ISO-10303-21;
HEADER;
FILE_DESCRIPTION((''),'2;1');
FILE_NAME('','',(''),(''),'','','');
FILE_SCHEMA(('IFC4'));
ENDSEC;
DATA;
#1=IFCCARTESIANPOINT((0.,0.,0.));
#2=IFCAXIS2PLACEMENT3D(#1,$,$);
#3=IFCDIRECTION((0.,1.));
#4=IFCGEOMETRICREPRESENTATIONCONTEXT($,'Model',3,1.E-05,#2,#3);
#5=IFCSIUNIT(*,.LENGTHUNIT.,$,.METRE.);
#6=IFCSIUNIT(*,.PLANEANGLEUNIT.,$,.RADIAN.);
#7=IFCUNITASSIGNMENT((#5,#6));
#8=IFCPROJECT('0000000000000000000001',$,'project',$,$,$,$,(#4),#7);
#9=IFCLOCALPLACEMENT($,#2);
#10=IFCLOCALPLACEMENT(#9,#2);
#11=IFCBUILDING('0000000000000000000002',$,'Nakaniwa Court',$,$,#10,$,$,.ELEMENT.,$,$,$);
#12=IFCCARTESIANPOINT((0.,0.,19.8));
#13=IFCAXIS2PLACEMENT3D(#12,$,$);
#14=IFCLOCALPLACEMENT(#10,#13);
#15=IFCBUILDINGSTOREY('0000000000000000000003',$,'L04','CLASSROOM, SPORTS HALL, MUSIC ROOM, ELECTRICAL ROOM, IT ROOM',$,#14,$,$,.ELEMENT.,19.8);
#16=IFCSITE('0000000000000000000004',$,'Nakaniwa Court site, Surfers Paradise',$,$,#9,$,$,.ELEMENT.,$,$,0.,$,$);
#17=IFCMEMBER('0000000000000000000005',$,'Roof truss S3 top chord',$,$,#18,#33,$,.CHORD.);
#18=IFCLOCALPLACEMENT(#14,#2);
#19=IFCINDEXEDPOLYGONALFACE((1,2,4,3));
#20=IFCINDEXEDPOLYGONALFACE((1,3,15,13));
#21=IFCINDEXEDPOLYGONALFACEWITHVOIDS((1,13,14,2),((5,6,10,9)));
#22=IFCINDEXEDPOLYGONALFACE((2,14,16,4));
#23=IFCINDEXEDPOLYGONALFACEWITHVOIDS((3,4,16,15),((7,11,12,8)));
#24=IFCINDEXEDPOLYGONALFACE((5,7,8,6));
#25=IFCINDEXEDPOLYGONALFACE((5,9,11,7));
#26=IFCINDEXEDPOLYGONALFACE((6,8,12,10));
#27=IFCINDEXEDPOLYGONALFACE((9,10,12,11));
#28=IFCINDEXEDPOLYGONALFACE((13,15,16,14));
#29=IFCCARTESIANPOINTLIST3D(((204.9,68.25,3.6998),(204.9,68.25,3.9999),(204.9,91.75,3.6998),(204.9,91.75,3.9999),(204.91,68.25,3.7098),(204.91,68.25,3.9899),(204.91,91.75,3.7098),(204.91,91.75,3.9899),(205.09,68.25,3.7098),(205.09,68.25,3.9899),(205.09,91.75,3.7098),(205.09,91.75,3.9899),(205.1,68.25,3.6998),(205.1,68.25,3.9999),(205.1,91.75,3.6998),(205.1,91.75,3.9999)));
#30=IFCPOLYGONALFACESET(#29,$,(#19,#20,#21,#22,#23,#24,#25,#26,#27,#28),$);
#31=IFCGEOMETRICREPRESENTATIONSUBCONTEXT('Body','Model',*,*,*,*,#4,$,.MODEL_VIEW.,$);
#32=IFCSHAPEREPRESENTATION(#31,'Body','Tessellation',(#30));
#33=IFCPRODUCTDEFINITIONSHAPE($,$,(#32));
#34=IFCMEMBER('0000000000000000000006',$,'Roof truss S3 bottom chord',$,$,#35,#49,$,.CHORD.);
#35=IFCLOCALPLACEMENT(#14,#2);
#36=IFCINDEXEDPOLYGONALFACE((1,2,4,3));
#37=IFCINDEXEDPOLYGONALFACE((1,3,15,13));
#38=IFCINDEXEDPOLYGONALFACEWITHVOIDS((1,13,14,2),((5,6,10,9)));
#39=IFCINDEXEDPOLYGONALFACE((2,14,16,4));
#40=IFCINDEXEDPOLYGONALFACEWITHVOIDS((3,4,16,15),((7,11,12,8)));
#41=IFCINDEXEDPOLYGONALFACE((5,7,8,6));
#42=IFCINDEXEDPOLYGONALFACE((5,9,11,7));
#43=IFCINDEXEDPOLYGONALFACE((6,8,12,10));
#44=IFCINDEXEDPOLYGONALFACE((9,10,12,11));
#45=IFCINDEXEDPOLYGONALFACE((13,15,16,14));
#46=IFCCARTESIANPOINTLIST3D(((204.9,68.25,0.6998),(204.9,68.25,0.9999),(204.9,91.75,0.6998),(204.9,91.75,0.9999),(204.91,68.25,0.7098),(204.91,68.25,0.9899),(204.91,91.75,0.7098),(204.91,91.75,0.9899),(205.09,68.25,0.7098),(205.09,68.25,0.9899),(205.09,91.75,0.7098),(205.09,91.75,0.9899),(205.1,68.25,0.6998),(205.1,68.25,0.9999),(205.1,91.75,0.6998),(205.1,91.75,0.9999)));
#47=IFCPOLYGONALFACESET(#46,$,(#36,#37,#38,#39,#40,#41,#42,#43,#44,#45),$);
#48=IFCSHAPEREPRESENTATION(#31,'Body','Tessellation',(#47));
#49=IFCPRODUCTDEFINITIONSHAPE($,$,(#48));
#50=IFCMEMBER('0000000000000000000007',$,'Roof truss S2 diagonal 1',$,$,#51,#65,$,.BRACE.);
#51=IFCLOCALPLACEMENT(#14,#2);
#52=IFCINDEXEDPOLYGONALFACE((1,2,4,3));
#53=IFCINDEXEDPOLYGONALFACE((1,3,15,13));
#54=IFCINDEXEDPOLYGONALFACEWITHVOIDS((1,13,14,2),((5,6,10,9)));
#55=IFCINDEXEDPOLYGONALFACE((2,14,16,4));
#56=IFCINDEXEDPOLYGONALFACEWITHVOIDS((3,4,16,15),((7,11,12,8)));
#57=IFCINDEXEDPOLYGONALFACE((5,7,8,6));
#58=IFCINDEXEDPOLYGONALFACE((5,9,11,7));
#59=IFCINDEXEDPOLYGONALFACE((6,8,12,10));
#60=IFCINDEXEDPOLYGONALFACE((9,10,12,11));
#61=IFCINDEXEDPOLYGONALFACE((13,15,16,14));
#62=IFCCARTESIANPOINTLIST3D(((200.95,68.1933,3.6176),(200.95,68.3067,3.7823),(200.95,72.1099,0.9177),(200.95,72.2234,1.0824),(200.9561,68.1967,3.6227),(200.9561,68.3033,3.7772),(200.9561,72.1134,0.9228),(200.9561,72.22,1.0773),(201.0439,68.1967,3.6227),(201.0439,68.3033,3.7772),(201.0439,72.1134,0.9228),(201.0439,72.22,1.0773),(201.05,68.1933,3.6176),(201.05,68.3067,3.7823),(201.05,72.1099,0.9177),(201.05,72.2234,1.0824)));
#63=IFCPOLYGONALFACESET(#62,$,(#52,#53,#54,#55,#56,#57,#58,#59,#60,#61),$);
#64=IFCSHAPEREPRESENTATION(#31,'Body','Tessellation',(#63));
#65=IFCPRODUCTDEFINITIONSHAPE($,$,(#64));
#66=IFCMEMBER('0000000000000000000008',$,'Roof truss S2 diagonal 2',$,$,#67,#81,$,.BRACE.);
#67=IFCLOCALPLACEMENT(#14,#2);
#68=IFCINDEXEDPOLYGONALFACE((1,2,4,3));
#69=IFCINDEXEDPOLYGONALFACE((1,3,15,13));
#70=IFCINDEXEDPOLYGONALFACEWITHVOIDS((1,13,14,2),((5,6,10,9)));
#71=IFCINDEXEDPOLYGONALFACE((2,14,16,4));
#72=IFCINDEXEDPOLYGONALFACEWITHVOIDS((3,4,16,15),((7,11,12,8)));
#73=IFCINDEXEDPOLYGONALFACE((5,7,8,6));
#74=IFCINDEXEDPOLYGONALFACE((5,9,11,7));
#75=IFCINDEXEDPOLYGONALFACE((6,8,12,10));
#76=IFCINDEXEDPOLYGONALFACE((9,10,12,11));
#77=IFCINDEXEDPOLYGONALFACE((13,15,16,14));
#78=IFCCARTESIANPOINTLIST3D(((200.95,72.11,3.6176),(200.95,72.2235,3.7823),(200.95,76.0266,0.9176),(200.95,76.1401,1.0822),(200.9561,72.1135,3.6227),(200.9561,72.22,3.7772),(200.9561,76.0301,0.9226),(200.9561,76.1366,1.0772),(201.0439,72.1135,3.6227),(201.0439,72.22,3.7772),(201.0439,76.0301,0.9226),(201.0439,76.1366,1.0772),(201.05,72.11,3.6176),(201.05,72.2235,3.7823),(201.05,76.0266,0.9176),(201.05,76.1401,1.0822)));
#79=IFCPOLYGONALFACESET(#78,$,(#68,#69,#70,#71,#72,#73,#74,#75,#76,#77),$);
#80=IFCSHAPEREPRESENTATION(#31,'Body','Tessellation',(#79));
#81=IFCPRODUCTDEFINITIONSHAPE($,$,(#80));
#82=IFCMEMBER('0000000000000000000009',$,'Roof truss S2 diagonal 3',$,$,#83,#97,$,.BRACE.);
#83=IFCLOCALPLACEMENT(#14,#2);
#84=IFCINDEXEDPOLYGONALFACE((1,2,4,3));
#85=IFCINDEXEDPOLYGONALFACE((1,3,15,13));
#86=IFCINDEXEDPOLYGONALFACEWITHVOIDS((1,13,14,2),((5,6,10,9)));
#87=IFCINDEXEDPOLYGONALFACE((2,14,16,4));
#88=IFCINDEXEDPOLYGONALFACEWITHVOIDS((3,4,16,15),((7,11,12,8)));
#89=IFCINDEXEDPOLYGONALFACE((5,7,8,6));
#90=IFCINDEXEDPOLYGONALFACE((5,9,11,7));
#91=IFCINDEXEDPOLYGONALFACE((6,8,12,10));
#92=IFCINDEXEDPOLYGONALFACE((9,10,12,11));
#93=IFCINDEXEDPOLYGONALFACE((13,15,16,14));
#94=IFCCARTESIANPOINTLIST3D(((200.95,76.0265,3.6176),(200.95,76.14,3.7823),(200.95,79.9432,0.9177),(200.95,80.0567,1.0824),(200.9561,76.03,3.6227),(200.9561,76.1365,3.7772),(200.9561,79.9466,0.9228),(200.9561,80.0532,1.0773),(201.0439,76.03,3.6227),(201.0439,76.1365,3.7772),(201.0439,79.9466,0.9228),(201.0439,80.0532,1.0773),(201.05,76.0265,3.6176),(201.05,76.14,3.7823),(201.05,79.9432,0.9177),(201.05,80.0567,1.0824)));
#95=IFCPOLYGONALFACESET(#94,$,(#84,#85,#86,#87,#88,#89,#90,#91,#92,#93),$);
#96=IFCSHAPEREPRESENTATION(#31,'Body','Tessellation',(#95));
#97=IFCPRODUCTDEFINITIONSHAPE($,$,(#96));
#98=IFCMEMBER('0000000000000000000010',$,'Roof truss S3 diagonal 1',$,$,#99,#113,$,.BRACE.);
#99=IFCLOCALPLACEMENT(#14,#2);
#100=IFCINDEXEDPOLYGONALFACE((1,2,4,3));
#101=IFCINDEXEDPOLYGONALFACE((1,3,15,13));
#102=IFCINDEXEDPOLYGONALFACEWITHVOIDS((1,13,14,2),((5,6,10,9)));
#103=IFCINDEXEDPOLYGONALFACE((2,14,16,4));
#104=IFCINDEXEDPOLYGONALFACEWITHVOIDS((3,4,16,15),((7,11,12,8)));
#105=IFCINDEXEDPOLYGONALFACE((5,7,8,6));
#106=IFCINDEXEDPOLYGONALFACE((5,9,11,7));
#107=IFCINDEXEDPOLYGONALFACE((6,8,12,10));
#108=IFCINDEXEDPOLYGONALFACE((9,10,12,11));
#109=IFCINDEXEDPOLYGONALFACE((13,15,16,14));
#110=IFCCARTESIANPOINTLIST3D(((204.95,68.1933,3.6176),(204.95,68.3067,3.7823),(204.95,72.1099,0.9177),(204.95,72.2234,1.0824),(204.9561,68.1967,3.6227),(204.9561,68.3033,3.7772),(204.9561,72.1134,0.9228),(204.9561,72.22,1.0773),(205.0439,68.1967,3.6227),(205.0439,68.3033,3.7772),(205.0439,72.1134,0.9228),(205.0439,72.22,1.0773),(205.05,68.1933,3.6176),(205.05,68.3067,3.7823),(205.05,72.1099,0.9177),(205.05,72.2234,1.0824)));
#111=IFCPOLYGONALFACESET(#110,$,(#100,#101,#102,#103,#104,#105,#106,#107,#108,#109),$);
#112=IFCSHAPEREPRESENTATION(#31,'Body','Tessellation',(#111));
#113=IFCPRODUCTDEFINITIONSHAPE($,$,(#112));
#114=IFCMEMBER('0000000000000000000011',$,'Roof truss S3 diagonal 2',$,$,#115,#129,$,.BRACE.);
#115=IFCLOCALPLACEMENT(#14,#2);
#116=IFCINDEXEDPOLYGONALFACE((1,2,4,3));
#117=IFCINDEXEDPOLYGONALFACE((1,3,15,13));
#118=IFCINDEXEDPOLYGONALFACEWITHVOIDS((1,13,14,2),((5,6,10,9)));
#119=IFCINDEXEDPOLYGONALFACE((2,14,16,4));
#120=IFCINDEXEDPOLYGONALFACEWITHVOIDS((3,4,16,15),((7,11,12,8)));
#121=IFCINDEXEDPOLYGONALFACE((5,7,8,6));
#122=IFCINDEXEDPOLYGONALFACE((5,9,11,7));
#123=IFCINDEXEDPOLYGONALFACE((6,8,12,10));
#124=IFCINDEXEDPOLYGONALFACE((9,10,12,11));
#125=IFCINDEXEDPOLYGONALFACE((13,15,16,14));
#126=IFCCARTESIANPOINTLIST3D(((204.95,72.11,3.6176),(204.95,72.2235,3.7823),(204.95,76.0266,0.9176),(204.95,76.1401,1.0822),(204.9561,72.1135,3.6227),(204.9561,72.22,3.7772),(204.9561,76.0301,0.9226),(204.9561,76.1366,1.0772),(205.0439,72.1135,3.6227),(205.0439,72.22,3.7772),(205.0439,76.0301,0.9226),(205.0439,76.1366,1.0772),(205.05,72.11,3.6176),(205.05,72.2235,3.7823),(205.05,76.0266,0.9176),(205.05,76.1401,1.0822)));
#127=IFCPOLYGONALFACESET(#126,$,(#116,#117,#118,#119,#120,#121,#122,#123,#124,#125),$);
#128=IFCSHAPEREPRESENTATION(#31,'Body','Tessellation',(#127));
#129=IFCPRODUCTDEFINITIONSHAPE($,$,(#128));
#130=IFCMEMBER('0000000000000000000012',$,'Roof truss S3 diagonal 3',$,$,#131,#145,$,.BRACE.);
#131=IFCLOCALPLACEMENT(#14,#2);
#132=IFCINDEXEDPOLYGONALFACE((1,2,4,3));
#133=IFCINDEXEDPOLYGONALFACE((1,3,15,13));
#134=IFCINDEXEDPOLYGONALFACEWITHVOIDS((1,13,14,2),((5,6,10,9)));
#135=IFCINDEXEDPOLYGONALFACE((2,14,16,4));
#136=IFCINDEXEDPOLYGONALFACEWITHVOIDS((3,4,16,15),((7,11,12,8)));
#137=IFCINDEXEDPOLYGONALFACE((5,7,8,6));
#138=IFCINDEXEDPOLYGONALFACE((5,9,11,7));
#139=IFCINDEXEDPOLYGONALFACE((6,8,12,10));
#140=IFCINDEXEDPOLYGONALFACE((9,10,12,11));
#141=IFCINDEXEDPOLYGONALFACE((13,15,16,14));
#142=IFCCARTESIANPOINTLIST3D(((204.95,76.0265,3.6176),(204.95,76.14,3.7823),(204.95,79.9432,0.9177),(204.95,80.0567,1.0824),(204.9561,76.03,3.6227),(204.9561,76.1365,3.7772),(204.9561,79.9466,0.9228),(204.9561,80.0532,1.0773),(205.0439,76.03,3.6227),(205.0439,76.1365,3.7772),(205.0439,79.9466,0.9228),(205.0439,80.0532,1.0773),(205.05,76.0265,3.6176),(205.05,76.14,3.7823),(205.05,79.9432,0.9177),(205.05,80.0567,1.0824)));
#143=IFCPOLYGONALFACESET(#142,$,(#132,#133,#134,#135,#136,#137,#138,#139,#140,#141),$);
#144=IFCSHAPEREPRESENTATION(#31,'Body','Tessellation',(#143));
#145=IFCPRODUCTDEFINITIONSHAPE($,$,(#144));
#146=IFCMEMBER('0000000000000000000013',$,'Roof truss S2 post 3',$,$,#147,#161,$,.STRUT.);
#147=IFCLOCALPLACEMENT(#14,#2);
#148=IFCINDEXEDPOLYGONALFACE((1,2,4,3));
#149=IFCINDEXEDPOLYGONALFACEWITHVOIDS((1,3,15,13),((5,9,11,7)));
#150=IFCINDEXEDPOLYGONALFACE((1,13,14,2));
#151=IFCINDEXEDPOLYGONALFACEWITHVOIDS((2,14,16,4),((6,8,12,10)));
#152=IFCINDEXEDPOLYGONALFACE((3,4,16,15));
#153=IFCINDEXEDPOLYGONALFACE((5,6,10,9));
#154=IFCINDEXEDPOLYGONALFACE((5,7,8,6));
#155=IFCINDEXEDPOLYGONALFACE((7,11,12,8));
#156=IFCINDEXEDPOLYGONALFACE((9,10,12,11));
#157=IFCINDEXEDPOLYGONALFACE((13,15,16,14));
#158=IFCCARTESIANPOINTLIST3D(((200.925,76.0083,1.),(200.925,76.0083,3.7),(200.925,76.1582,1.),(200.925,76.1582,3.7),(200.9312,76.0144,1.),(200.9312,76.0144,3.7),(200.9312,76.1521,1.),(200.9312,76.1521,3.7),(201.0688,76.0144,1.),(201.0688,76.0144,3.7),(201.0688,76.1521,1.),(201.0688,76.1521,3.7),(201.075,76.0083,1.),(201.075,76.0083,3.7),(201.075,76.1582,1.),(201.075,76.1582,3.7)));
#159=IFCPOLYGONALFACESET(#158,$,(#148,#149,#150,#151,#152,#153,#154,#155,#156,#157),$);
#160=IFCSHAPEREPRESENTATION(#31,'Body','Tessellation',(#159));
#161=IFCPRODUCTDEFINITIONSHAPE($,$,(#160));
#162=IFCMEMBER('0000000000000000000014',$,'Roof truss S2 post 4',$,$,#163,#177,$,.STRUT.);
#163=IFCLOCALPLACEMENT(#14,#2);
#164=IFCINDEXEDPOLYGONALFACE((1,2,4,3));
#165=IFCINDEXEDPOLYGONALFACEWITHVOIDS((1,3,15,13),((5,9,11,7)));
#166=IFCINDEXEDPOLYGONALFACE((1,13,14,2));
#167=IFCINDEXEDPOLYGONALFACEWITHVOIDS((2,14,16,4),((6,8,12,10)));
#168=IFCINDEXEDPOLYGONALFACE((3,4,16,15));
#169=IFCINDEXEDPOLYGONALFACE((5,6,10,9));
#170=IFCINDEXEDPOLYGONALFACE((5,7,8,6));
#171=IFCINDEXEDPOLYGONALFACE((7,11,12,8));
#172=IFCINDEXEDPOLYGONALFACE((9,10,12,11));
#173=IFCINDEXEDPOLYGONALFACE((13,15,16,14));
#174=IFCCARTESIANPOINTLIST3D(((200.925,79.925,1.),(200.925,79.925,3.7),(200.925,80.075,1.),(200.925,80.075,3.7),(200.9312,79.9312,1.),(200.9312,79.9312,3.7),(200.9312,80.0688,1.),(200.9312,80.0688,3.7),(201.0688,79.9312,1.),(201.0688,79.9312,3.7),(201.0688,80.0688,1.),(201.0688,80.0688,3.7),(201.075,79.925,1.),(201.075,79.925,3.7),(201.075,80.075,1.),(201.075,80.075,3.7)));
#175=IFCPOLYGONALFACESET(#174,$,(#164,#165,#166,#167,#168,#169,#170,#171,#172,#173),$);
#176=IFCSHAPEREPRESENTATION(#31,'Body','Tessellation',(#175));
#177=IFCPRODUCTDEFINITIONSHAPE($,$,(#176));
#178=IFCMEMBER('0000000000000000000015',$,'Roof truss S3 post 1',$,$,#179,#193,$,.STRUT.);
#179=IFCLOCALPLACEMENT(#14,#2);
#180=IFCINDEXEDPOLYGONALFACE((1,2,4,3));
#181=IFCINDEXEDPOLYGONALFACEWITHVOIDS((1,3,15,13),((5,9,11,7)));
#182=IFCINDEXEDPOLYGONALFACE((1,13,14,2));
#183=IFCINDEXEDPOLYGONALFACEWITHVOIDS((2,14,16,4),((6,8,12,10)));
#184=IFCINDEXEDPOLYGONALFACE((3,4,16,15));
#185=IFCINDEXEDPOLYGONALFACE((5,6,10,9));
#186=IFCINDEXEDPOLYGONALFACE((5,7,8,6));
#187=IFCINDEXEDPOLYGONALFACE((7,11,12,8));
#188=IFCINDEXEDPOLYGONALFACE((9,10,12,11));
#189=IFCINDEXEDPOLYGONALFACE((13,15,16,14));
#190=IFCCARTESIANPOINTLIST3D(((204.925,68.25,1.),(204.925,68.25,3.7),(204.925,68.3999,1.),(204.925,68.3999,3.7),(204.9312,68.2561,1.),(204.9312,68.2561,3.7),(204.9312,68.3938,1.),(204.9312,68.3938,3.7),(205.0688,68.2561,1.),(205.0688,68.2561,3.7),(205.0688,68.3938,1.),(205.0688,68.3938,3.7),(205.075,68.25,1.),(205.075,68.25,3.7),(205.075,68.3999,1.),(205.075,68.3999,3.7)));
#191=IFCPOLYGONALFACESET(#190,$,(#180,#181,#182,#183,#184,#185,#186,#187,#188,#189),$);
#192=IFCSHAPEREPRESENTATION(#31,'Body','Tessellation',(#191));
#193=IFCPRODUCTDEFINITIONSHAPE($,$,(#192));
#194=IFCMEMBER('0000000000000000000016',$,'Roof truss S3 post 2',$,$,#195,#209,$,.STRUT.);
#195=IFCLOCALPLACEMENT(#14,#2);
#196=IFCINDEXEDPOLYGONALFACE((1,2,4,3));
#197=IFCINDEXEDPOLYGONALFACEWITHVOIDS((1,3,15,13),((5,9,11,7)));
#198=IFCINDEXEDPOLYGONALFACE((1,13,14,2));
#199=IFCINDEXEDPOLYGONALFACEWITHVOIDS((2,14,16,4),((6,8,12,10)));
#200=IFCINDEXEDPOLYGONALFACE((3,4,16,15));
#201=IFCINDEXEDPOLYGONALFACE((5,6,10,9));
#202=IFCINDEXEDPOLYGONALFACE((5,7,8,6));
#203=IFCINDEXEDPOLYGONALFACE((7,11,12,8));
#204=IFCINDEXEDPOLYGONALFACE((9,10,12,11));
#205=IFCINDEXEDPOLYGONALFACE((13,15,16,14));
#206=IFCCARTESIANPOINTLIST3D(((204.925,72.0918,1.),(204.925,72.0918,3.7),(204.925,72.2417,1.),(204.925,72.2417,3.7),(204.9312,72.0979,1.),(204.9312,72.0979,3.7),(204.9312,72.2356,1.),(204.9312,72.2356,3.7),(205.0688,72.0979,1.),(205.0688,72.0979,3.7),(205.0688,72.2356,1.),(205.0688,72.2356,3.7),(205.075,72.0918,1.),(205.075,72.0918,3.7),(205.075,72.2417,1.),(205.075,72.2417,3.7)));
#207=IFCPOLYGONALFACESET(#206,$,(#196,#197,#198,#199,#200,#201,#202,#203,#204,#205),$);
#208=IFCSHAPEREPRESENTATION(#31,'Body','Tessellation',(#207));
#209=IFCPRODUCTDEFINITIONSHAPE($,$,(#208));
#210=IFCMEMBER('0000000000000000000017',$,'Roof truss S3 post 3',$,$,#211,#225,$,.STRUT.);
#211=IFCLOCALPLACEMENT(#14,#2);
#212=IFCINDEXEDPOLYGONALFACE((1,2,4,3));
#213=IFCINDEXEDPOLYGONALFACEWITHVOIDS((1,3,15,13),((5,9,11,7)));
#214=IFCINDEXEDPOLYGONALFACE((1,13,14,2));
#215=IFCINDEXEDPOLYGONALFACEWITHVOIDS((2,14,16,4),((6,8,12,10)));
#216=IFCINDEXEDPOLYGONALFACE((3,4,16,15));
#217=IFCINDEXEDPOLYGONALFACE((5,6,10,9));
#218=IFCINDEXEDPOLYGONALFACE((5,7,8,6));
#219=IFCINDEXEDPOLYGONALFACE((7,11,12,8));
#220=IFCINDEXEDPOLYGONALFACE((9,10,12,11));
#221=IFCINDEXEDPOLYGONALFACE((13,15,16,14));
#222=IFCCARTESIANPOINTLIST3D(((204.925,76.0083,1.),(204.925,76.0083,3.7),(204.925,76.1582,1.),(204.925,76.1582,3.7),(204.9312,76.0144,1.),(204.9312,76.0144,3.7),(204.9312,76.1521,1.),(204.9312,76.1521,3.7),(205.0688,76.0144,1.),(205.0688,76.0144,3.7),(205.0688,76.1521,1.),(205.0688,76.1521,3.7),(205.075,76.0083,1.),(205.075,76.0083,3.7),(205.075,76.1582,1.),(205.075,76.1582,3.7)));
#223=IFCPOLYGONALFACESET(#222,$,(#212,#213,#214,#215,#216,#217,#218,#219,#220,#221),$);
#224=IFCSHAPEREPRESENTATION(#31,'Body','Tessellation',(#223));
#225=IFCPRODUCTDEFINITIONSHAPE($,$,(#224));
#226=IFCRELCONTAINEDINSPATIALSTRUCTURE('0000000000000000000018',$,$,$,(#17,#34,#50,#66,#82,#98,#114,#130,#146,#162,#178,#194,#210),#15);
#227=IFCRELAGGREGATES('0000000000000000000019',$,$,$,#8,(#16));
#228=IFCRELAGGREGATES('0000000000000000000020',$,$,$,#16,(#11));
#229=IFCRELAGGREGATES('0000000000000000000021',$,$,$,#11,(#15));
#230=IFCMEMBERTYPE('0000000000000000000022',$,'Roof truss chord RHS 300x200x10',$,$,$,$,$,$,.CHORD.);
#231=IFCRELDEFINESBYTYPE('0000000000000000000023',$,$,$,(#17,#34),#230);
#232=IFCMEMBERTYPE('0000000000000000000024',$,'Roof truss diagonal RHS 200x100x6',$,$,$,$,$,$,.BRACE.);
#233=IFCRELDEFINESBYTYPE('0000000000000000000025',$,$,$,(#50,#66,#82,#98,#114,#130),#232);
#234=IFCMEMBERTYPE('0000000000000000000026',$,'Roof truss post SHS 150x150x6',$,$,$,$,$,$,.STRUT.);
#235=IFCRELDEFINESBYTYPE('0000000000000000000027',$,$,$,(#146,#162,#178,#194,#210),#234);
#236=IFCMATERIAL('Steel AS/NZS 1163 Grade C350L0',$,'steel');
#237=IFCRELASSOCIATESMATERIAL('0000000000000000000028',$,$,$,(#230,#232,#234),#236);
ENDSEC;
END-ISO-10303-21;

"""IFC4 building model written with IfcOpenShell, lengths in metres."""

from ifc_helpers import new_model, si_unit, direction, frame, origin, origin_2d, place, context, subcontext, project, spatial, hollow_rectangle, extrude, material, material_profile, profile_set, type_object, element, save


model = new_model("IFC4")

# Units and contexts
model_context = context("Model", 3, precision=1e-05, world=origin(), true_north=direction((0.0, 1.0)))
body_context = subcontext(model_context, "Body", "Model", "MODEL_VIEW")
ifc_project = project(units=[si_unit("LENGTHUNIT", "METRE"), si_unit("PLANEANGLEUNIT", "RADIAN")], contexts=[model_context])

# Site, building, storey
site_placement = place(None, origin())
site = spatial("IfcSite", under=ifc_project, at=site_placement, Name="Nakaniwa Court site, Surfers Paradise", CompositionType="ELEMENT", RefElevation=0.0)
building_placement = place(site_placement, origin())
building = spatial("IfcBuilding", under=site, at=building_placement, Name="Nakaniwa Court", CompositionType="ELEMENT")
storey_placement = place(building_placement, frame((0.0, 0.0, 19.8)))
storey = spatial("IfcBuildingStorey", under=building, at=storey_placement, Name="L04", Description="CLASSROOM, SPORTS HALL, MUSIC ROOM, ELECTRICAL ROOM, IT ROOM", CompositionType="ELEMENT", Elevation=19.8)

# Members
ifc_material_1 = material(Name="Steel AS/NZS 1163 Grade C350L0", Category="steel")
ifc_material_profile_1 = material_profile(ifc_material_1, hollow_rectangle(XDim=0.2, YDim=0.3, WallThickness=0.01, at=origin_2d()), Name="RHS 300x200x10")
ifc_profile_set_1 = profile_set([ifc_material_profile_1], Name="Steel AS/NZS 1163 Grade C350L0")
member_type_1 = type_object("IfcMemberType", Name="Roof truss chord RHS 300x200x10", PredefinedType="CHORD", material=ifc_profile_set_1)
for number, where, z_axis, x_axis, name in (
    (1, (205.0, 68.25, 3.8499), (0.0, 1.0, 0.0), (-1.0, 0.0, 0.0), "Roof truss S3 top chord"),
    (2, (205.0, 68.25, 0.8499), (0.0, 1.0, 0.0), (-1.0, 0.0, 0.0), "Roof truss S3 bottom chord"),
):
    element("IfcMember", number, at=place(storey_placement, frame(where, z_axis=z_axis, x_axis=x_axis)), inside=storey, type_object=member_type_1, Name=name, PredefinedType="CHORD", context=body_context, shape_type="SweptSolid", body=[
        extrude(hollow_rectangle(XDim=0.2, YDim=0.3, WallThickness=0.01, at=origin_2d()), origin(), (0.0, 0.0, 1.0), 23.5),
    ])
ifc_material_profile_2 = material_profile(ifc_material_1, hollow_rectangle(XDim=0.1001, YDim=0.2, WallThickness=0.0061, at=origin_2d()), Name="RHS 200x100x6")
ifc_profile_set_2 = profile_set([ifc_material_profile_2], Name="Steel AS/NZS 1163 Grade C350L0")
member_type_2 = type_object("IfcMemberType", Name="Roof truss diagonal RHS 200x100x6", PredefinedType="BRACE", material=ifc_profile_set_2)
for number, where, z_axis, x_axis, name in (
    (3, (201.0, 68.25, 3.7), (0.0, 0.823336, -0.567554), (-1.0, 0.0, 0.0), "Roof truss S2 diagonal 1"),
    (4, (201.0, 72.1667, 3.7), (0.0, 0.823319, -0.567578), (-1.0, 0.0, 0.0), "Roof truss S2 diagonal 2"),
    (5, (201.0, 76.0833, 3.7), (0.0, 0.823336, -0.567554), (-1.0, 0.0, 0.0), "Roof truss S2 diagonal 3"),
    (6, (205.0, 68.25, 3.7), (0.0, 0.823336, -0.567554), (-1.0, 0.0, 0.0), "Roof truss S3 diagonal 1"),
    (7, (205.0, 72.1667, 3.7), (0.0, 0.823319, -0.567578), (-1.0, 0.0, 0.0), "Roof truss S3 diagonal 2"),
    (8, (205.0, 76.0833, 3.7), (0.0, 0.823336, -0.567554), (-1.0, 0.0, 0.0), "Roof truss S3 diagonal 3"),
):
    element("IfcMember", number, at=place(storey_placement, frame(where, z_axis=z_axis, x_axis=x_axis)), inside=storey, type_object=member_type_2, Name=name, PredefinedType="BRACE", context=body_context, shape_type="SweptSolid", body=[
        extrude(hollow_rectangle(XDim=0.1001, YDim=0.2, WallThickness=0.0061, at=origin_2d()), origin(), (0.0, 0.0, 1.0), 4.7571),
    ])
ifc_material_profile_3 = material_profile(ifc_material_1, hollow_rectangle(XDim=0.1499, YDim=0.1499, WallThickness=0.0061, at=origin_2d()), Name="SHS 150x150x6")
ifc_profile_set_3 = profile_set([ifc_material_profile_3], Name="Steel AS/NZS 1163 Grade C350L0")
member_type_3 = type_object("IfcMemberType", Name="Roof truss post SHS 150x150x6", PredefinedType="STRUT", material=ifc_profile_set_3)
for number, where, z_axis, x_axis, name in (
    (9, (201.0, 76.0833, 1.0), (0.0, 0.0, 1.0), (1.0, 0.0, 0.0), "Roof truss S2 post 3"),
    (10, (201.0, 80.0, 1.0), (0.0, 0.0, 1.0), (1.0, 0.0, 0.0), "Roof truss S2 post 4"),
    (11, (205.0, 68.325, 1.0), (0.0, 0.0, 1.0), (1.0, 0.0, 0.0), "Roof truss S3 post 1"),
    (12, (205.0, 72.1667, 1.0), (0.0, 0.0, 1.0), (1.0, 0.0, 0.0), "Roof truss S3 post 2"),
    (13, (205.0, 76.0833, 1.0), (0.0, 0.0, 1.0), (1.0, 0.0, 0.0), "Roof truss S3 post 3"),
):
    element("IfcMember", number, at=place(storey_placement, frame(where, z_axis=z_axis, x_axis=x_axis)), inside=storey, type_object=member_type_3, Name=name, PredefinedType="STRUT", context=body_context, shape_type="SweptSolid", body=[
        extrude(hollow_rectangle(XDim=0.1499, YDim=0.1499, WallThickness=0.0061, at=origin_2d()), origin(), (0.0, 0.0, 1.0), 2.7),
    ])

save(model, "model.ifc")
